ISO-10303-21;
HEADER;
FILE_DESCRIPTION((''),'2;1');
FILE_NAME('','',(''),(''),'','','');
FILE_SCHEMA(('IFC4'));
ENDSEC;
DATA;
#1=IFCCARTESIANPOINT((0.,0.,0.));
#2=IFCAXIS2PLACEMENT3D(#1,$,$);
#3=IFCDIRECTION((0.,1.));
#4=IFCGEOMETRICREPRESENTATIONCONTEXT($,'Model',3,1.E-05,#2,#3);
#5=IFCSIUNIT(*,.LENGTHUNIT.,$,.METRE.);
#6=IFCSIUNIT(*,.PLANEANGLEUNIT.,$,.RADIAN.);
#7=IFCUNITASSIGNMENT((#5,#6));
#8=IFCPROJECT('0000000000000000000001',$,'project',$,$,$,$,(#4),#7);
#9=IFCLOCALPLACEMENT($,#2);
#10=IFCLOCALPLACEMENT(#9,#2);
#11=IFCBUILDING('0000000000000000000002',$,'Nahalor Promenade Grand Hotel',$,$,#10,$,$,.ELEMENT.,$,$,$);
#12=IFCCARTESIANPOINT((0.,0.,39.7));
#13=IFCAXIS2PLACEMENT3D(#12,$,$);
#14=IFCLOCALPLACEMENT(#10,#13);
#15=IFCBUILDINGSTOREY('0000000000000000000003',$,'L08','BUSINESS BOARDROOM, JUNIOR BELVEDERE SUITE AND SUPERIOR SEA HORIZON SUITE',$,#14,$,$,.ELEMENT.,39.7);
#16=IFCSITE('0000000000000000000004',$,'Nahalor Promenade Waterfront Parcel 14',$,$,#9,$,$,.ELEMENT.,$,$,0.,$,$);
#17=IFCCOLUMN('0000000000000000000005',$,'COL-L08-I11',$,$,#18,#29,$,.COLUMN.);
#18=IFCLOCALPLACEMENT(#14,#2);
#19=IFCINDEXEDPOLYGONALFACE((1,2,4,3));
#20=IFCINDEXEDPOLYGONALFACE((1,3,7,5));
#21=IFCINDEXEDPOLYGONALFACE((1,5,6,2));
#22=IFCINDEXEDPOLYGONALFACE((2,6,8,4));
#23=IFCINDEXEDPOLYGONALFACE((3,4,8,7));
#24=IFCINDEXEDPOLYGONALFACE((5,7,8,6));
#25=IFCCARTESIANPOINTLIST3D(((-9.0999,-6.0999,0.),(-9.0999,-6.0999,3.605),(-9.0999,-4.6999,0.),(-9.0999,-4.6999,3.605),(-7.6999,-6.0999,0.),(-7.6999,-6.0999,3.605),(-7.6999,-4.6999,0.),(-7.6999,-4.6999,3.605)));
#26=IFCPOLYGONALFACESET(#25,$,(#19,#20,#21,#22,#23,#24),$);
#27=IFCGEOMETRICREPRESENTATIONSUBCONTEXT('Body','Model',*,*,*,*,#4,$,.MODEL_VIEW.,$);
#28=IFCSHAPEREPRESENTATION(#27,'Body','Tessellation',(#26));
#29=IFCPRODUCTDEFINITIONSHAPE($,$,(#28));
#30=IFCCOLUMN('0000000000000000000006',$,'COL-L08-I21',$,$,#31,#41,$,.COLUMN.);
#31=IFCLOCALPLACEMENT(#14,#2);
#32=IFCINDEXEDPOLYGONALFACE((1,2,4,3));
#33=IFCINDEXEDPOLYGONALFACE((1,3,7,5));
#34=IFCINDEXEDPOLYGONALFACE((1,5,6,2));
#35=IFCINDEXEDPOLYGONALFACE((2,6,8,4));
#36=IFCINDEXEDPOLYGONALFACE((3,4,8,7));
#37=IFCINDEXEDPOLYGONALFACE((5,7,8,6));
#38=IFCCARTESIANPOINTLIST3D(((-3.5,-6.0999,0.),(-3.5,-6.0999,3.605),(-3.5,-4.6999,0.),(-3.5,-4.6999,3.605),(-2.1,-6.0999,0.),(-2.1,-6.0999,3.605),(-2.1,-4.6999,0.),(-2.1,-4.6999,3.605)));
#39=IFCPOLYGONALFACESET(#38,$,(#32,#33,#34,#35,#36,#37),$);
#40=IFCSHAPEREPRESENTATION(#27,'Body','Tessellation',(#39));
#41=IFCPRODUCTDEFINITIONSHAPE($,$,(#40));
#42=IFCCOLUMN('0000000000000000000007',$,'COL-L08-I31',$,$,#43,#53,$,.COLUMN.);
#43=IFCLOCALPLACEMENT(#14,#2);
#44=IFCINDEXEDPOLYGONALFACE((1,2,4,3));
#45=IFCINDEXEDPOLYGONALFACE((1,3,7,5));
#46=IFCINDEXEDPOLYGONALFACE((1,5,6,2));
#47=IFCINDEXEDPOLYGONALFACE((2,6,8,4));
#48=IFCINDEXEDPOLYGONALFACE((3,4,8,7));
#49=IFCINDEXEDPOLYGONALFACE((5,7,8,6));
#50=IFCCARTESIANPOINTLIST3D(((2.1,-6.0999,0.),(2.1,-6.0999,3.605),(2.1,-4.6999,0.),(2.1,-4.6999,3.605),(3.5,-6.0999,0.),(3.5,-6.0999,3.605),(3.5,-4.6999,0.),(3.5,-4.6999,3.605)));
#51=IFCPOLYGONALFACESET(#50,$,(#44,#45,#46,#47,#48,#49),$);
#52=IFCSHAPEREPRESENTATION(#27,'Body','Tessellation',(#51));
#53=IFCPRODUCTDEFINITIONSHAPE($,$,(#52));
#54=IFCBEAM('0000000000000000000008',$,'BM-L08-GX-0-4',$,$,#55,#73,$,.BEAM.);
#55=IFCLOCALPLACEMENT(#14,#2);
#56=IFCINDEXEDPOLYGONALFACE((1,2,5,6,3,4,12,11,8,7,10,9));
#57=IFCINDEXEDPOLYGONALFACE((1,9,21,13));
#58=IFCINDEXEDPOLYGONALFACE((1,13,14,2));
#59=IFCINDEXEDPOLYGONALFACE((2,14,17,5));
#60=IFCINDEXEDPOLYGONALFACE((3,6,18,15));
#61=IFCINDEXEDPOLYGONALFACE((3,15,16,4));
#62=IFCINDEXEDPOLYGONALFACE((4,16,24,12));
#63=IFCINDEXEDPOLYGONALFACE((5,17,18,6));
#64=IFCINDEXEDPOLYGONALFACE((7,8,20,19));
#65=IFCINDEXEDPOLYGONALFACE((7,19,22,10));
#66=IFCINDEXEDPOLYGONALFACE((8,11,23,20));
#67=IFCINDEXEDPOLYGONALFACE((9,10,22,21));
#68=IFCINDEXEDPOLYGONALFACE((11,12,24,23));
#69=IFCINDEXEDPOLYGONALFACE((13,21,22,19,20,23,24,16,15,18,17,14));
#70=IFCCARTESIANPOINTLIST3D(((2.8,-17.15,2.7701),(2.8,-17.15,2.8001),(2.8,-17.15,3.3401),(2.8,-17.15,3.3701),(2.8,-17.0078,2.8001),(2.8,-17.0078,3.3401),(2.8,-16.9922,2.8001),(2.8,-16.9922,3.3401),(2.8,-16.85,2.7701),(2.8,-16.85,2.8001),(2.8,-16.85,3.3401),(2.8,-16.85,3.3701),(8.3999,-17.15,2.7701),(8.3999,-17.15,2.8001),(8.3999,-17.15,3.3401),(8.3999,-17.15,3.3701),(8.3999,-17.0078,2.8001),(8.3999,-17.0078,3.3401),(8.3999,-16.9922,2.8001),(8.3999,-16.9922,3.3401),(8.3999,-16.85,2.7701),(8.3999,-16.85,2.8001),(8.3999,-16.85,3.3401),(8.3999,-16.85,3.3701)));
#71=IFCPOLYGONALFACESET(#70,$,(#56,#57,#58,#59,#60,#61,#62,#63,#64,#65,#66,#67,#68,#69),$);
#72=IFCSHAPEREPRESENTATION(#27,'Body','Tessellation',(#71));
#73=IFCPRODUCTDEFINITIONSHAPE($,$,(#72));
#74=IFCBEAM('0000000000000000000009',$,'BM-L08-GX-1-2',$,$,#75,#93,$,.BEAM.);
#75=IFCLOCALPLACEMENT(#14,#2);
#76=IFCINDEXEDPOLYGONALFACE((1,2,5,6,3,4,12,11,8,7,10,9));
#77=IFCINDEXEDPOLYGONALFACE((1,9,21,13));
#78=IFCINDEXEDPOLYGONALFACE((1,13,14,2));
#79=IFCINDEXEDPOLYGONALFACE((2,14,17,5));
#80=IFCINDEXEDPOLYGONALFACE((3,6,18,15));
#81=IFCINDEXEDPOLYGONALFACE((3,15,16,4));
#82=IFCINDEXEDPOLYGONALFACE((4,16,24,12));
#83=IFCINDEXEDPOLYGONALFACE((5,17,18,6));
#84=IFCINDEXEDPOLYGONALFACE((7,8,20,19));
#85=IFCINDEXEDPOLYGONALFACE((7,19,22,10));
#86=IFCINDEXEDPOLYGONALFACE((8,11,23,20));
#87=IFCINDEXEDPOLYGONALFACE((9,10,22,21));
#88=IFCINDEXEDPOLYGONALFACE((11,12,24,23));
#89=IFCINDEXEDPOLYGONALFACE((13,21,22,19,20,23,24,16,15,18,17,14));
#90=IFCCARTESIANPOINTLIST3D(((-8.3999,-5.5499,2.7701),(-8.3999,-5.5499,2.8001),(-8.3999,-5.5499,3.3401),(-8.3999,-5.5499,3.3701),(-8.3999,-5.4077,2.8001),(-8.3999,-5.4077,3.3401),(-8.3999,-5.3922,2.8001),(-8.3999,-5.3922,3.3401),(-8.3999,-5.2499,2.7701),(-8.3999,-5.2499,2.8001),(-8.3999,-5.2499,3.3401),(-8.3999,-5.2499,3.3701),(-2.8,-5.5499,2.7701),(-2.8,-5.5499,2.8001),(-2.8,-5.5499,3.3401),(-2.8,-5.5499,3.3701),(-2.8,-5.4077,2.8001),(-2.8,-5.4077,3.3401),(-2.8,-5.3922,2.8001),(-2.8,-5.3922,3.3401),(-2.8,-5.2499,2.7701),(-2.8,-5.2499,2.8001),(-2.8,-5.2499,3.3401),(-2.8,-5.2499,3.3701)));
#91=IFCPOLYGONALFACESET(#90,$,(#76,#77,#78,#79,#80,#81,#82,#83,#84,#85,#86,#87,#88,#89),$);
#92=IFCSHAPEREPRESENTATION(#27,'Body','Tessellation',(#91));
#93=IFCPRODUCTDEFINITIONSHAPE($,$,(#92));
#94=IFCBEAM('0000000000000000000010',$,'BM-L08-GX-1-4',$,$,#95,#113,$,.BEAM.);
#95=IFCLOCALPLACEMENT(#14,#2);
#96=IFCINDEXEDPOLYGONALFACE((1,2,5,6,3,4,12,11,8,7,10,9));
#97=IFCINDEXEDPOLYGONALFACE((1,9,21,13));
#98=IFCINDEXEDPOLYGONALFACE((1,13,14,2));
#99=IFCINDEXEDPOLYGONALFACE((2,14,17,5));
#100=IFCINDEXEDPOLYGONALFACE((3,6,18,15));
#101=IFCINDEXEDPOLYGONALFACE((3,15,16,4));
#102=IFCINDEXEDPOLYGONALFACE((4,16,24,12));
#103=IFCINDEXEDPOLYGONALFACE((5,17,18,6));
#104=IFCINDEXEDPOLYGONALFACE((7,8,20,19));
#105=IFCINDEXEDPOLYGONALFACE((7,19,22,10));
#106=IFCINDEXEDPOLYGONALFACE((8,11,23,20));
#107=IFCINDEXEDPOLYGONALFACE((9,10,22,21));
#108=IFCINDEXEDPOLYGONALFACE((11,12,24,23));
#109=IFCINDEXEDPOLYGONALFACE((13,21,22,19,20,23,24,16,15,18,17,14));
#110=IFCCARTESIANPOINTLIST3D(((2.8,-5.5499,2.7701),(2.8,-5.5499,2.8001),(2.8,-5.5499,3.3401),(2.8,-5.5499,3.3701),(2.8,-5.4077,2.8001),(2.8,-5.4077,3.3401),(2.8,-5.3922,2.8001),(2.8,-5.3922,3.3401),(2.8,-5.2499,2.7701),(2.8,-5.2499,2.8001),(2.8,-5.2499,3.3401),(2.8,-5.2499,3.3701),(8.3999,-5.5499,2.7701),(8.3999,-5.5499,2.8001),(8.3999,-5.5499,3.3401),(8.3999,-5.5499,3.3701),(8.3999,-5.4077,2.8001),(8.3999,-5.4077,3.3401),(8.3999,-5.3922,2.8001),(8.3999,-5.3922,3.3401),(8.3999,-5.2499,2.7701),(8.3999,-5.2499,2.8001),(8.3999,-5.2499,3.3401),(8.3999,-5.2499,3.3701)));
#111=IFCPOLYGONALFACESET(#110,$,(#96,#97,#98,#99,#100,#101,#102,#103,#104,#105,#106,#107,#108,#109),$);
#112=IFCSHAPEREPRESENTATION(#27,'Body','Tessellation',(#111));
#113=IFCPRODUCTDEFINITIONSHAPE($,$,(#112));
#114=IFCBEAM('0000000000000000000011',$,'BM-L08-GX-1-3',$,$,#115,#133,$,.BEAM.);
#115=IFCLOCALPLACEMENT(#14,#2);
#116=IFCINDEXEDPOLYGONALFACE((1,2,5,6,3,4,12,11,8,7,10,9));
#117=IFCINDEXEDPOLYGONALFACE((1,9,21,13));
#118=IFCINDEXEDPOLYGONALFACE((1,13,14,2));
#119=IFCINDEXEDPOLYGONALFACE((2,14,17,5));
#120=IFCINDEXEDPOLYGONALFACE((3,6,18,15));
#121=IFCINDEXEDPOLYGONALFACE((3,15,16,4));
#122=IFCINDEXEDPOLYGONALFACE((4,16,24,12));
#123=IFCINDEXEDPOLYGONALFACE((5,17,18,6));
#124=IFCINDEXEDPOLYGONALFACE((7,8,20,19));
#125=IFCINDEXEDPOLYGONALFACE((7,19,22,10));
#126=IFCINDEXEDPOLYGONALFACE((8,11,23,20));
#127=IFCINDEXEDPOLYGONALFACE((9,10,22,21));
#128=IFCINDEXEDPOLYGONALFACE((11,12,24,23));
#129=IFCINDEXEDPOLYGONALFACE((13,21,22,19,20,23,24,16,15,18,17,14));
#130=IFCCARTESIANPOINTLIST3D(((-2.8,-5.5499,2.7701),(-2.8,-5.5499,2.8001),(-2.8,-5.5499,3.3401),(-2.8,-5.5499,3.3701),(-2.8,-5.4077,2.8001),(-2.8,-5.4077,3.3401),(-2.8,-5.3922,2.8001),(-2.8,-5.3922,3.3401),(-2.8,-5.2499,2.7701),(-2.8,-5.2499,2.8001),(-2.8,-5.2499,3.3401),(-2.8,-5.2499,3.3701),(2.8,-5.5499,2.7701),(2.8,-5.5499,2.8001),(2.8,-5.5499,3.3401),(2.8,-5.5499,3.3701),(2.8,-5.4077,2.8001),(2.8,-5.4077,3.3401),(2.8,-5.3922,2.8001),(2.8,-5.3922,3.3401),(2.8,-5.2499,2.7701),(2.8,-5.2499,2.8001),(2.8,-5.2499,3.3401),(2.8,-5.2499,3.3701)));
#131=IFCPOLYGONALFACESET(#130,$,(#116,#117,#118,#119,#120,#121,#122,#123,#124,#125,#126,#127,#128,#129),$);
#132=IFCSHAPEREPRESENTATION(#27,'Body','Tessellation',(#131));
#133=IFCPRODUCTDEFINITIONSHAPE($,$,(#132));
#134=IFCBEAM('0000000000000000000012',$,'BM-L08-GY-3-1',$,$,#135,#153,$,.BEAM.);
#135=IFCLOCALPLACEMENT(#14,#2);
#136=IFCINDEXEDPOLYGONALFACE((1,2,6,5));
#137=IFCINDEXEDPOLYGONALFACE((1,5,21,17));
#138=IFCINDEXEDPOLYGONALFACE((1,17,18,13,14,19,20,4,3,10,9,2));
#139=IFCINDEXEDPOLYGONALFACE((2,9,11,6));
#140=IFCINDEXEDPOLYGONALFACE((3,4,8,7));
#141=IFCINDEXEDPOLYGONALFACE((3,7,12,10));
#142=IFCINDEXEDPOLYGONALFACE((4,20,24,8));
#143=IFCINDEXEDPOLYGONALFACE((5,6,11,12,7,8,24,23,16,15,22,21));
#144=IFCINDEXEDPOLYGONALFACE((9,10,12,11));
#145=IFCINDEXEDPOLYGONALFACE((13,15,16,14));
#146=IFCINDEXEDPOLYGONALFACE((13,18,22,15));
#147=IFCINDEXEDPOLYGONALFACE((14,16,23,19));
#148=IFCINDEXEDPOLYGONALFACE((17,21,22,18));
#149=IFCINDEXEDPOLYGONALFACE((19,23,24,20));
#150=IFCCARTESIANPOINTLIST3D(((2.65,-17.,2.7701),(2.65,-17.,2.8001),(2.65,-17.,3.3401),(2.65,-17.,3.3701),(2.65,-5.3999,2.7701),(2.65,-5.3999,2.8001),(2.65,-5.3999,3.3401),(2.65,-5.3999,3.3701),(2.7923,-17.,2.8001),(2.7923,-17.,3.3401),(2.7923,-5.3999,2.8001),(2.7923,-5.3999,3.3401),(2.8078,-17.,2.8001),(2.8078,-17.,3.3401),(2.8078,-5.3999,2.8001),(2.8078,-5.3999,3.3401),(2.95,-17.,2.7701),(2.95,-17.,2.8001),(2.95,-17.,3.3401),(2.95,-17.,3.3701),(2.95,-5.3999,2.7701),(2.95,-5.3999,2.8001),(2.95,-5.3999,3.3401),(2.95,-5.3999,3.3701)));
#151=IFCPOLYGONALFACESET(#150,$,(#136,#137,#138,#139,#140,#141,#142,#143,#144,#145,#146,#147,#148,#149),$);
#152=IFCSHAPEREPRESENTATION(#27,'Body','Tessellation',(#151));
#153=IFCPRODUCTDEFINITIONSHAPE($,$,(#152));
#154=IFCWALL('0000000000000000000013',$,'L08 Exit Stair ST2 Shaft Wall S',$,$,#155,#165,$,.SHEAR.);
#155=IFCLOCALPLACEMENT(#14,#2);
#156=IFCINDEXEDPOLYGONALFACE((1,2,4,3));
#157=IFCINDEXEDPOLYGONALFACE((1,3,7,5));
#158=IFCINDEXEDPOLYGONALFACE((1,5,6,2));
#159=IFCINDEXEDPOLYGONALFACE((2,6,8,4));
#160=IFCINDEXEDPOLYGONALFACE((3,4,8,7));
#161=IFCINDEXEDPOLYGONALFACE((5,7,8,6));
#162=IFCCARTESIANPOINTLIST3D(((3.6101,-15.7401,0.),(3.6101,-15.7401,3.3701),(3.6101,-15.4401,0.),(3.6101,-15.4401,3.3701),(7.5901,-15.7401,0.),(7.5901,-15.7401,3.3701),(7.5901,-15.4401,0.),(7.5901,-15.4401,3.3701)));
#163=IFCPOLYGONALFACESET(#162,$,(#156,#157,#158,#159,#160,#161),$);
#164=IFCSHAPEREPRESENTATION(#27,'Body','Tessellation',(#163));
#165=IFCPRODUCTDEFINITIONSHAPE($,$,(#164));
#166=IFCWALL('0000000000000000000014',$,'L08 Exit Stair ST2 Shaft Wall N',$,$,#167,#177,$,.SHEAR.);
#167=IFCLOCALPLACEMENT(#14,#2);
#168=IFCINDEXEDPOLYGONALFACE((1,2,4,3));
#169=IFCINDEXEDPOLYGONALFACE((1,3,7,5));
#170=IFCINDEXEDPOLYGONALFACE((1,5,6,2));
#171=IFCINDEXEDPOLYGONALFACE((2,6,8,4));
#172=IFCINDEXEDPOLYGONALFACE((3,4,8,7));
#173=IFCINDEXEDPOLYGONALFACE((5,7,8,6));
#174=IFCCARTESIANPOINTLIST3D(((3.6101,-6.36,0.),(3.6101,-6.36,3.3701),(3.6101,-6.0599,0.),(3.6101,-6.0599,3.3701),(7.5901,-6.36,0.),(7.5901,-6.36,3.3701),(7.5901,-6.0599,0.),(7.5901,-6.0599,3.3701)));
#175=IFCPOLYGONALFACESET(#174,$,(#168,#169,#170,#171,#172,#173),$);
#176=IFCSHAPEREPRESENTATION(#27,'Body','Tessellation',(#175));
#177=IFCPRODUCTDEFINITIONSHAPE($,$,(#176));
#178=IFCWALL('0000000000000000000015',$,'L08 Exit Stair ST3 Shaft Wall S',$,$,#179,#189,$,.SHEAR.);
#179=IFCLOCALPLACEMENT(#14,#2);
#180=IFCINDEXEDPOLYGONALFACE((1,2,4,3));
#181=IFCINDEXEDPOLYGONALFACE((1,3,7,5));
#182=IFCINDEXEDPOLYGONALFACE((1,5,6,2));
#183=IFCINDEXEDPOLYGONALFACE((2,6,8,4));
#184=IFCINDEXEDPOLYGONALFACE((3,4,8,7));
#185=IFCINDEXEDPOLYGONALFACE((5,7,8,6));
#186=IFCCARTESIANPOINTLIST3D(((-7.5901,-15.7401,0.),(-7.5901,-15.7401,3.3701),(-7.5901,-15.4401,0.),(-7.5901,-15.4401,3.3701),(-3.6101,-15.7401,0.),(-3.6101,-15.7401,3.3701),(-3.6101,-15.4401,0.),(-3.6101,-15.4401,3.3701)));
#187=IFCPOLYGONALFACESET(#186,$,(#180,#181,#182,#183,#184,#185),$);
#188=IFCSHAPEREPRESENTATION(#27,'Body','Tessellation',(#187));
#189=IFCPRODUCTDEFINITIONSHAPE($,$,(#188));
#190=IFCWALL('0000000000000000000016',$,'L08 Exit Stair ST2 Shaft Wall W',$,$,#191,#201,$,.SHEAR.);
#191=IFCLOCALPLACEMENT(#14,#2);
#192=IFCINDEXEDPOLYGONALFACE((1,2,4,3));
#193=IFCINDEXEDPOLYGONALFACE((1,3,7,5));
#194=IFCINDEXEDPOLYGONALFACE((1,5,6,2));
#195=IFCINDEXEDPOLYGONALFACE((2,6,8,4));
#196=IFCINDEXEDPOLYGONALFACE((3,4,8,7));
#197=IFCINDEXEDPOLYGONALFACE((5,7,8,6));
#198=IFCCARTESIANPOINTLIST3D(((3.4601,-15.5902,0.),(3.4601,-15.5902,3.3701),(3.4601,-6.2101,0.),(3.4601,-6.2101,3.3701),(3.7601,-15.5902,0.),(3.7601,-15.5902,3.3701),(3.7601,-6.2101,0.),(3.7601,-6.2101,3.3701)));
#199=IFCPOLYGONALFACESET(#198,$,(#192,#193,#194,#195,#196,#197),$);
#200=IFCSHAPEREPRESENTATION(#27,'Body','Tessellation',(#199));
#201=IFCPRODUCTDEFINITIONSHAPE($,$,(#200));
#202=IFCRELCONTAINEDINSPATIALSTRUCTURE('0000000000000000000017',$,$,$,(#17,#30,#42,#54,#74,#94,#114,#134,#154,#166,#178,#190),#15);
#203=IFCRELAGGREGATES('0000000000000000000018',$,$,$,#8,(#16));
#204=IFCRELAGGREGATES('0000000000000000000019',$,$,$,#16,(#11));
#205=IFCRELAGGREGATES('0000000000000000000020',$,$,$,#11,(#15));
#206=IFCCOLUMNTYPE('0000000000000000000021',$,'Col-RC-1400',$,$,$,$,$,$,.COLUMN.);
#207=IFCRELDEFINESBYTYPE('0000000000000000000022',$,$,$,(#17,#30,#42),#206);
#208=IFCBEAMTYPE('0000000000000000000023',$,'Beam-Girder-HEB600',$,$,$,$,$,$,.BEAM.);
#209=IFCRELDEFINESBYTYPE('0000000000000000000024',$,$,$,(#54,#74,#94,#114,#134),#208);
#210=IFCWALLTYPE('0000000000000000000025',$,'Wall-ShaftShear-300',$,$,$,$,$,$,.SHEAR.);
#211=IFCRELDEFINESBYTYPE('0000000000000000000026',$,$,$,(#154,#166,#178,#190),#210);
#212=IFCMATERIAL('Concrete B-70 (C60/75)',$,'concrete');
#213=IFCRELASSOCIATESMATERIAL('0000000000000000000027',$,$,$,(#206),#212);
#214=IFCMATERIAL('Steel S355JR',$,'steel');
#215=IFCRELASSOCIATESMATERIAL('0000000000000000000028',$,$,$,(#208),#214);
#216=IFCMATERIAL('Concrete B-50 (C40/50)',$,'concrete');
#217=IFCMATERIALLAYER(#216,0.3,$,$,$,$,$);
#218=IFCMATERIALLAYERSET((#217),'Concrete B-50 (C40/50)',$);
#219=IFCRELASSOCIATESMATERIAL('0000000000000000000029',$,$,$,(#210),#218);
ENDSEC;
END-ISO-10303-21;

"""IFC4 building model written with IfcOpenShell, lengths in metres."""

from ifc_helpers import new_model, si_unit, direction, frame, frame_2d, origin, origin_2d, place, context, subcontext, project, spatial, rectangle, i_section, extrude, source, transform, mapped, material, layer, layer_set, material_profile, profile_set, type_object, element, save


model = new_model("IFC4")

# Units and contexts
model_context = context("Model", 3, precision=1e-05, world=origin(), true_north=direction((0.0, 1.0)))
body_context = subcontext(model_context, "Body", "Model", "MODEL_VIEW")
ifc_project = project(units=[si_unit("LENGTHUNIT", "METRE"), si_unit("PLANEANGLEUNIT", "RADIAN")], contexts=[model_context])

# Site, building, storey
site_placement = place(None, origin())
site = spatial("IfcSite", under=ifc_project, at=site_placement, Name="Nahalor Promenade Waterfront Parcel 14", CompositionType="ELEMENT", RefElevation=0.0)
building_placement = place(site_placement, origin())
building = spatial("IfcBuilding", under=site, at=building_placement, Name="Nahalor Promenade Grand Hotel", CompositionType="ELEMENT")
storey_placement = place(building_placement, frame((0.0, 0.0, 39.7)))
storey = spatial("IfcBuildingStorey", under=building, at=storey_placement, Name="L08", Description="BUSINESS BOARDROOM, JUNIOR BELVEDERE SUITE AND SUPERIOR SEA HORIZON SUITE", CompositionType="ELEMENT", Elevation=39.7)

# Columns
ifc_material_1 = material(Name="Concrete B-70 (C60/75)", Category="concrete")
ifc_material_profile_1 = material_profile(ifc_material_1, rectangle(XDim=1.4, YDim=1.4, at=origin_2d()), Name="RC 1400x1400")
ifc_profile_set_1 = profile_set([ifc_material_profile_1], Name="Concrete B-70 (C60/75)")
column_type = type_object("IfcColumnType", Name="Col-RC-1400", PredefinedType="COLUMN", material=ifc_profile_set_1)
shared_shape_1 = source(origin(), body_context, "Body", "SweptSolid", [
    extrude(rectangle(XDim=1.4, YDim=1.4, at=origin_2d()), origin(), (0.0, 0.0, 1.0), 3.605),
])
for number, where, z_axis, x_axis, name in (
    (1, (-8.3999, -5.3999, 0.0), (0.0, 0.0, 1.0), (1.0, 0.0, 0.0), "COL-L08-I11"),
    (2, (-2.8, -5.3999, 0.0), (0.0, 0.0, 1.0), (1.0, 0.0, 0.0), "COL-L08-I21"),
    (3, (2.8, -5.3999, 0.0), (0.0, 0.0, 1.0), (1.0, 0.0, 0.0), "COL-L08-I31"),
):
    element("IfcColumn", number, at=place(storey_placement, frame(where, z_axis=z_axis, x_axis=x_axis)), inside=storey, type_object=column_type, Name=name, PredefinedType="COLUMN", context=body_context, shape_type="MappedRepresentation", body=[
        mapped(shared_shape_1, transform((0.0, 0.0, 0.0), scale=1.0)),
    ])

# Beams
ifc_material_2 = material(Name="Steel S355JR", Category="steel")
ifc_material_profile_2 = material_profile(ifc_material_2, i_section(OverallWidth=0.3, OverallDepth=0.6, WebThickness=0.0155, FlangeThickness=0.03, at=origin_2d()), Name="HEB 600")
ifc_profile_set_2 = profile_set([ifc_material_profile_2], Name="Steel S355JR")
beam_type = type_object("IfcBeamType", Name="Beam-Girder-HEB600", PredefinedType="BEAM", material=ifc_profile_set_2)
shared_shape_2 = source(origin(), body_context, "Body", "SweptSolid", [
    extrude(i_section(OverallWidth=0.3, OverallDepth=0.6, WebThickness=0.0155, FlangeThickness=0.03, at=origin_2d()), origin(), (0.0, 0.0, 1.0), 5.5999),
])
for number, where, z_axis, x_axis, name in (
    (4, (2.8, -17.0, 3.0701), (1.0, 0.0, 0.0), (0.0, 1.0, 0.0), "BM-L08-GX-0-4"),
    (5, (-8.3999, -5.3999, 3.0701), (1.0, 0.0, 0.0), (0.0, 1.0, 0.0), "BM-L08-GX-1-2"),
    (6, (2.8, -5.3999, 3.0701), (1.0, 0.0, 0.0), (0.0, 1.0, 0.0), "BM-L08-GX-1-4"),
):
    element("IfcBeam", number, at=place(storey_placement, frame(where, z_axis=z_axis, x_axis=x_axis)), inside=storey, type_object=beam_type, Name=name, PredefinedType="BEAM", context=body_context, shape_type="MappedRepresentation", body=[
        mapped(shared_shape_2, transform((0.0, 0.0, 0.0), scale=1.0)),
    ])
shared_shape_3 = source(origin(), body_context, "Body", "SweptSolid", [
    extrude(i_section(OverallWidth=0.3, OverallDepth=0.6, WebThickness=0.0155, FlangeThickness=0.03, at=origin_2d()), origin(), (0.0, 0.0, 1.0), 5.6001),
])
beam_1_placement = place(storey_placement, frame((-2.8, -5.3999, 3.0701), z_axis=(1.0, 0.0, 0.0), x_axis=(0.0, 1.0, 0.0)))
element("IfcBeam", 7, at=beam_1_placement, inside=storey, type_object=beam_type, Name="BM-L08-GX-1-3", PredefinedType="BEAM", context=body_context, shape_type="MappedRepresentation", body=[
    mapped(shared_shape_3, transform((0.0, 0.0, 0.0), scale=1.0)),
])
shared_shape_4 = source(origin(), body_context, "Body", "SweptSolid", [
    extrude(i_section(OverallWidth=0.3, OverallDepth=0.6, WebThickness=0.0155, FlangeThickness=0.03, at=origin_2d()), origin(), (0.0, 0.0, 1.0), 11.6001),
])
beam_2_placement = place(storey_placement, frame((2.8, -17.0, 3.0701), z_axis=(0.0, 1.0, 0.0), x_axis=(-1.0, 0.0, 0.0)))
element("IfcBeam", 8, at=beam_2_placement, inside=storey, type_object=beam_type, Name="BM-L08-GY-3-1", PredefinedType="BEAM", context=body_context, shape_type="MappedRepresentation", body=[
    mapped(shared_shape_4, transform((0.0, 0.0, 0.0), scale=1.0)),
])

# Walls
ifc_material_3 = material(Name="Concrete B-50 (C40/50)", Category="concrete")
ifc_layer_1 = layer(ifc_material_3, 0.3)
ifc_layer_set_1 = layer_set([ifc_layer_1], Name="Concrete B-50 (C40/50)")
wall_type_1 = type_object("IfcWallType", Name="Wall-ShaftShear-300", PredefinedType="SHEAR", material=ifc_layer_set_1)
shared_shape_5 = source(origin(), body_context, "Body", "SweptSolid", [
    extrude(rectangle(XDim=3.98, YDim=0.3, at=frame_2d((1.99, 0.0))), origin(), (0.0, 0.0, 1.0), 3.3701),
])
for number, where, z_axis, x_axis, name in (
    (9, (3.6101, -15.5901, 0.0), (0.0, 0.0, 1.0), (1.0, 0.0, 0.0), "L08 Exit Stair ST2 Shaft Wall S"),
    (10, (3.6101, -6.21, 0.0), (0.0, 0.0, 1.0), (1.0, 0.0, 0.0), "L08 Exit Stair ST2 Shaft Wall N"),
    (11, (-7.5901, -15.5901, 0.0), (0.0, 0.0, 1.0), (1.0, 0.0, 0.0), "L08 Exit Stair ST3 Shaft Wall S"),
):
    element("IfcWall", number, at=place(storey_placement, frame(where, z_axis=z_axis, x_axis=x_axis)), inside=storey, type_object=wall_type_1, Name=name, PredefinedType="SHEAR", context=body_context, shape_type="MappedRepresentation", body=[
        mapped(shared_shape_5, transform((0.0, 0.0, 0.0), scale=1.0)),
    ])

# Wall
shared_shape_6 = source(origin(), body_context, "Body", "SweptSolid", [
    extrude(rectangle(XDim=9.3801, YDim=0.3, at=frame_2d((4.6899, 0.0))), origin(), (0.0, 0.0, 1.0), 3.3701),
])
for number, where, z_axis, x_axis, name in (
    (12, (3.6101, -15.5901, 0.0), (0.0, 0.0, 1.0), (0.0, 1.0, 0.0), "L08 Exit Stair ST2 Shaft Wall W"),
):
    element("IfcWall", number, at=place(storey_placement, frame(where, z_axis=z_axis, x_axis=x_axis)), inside=storey, type_object=wall_type_1, Name=name, PredefinedType="SHEAR", context=body_context, shape_type="MappedRepresentation", body=[
        mapped(shared_shape_6, transform((0.0, 0.0, 0.0), scale=1.0)),
    ])

save(model, "model.ifc")
